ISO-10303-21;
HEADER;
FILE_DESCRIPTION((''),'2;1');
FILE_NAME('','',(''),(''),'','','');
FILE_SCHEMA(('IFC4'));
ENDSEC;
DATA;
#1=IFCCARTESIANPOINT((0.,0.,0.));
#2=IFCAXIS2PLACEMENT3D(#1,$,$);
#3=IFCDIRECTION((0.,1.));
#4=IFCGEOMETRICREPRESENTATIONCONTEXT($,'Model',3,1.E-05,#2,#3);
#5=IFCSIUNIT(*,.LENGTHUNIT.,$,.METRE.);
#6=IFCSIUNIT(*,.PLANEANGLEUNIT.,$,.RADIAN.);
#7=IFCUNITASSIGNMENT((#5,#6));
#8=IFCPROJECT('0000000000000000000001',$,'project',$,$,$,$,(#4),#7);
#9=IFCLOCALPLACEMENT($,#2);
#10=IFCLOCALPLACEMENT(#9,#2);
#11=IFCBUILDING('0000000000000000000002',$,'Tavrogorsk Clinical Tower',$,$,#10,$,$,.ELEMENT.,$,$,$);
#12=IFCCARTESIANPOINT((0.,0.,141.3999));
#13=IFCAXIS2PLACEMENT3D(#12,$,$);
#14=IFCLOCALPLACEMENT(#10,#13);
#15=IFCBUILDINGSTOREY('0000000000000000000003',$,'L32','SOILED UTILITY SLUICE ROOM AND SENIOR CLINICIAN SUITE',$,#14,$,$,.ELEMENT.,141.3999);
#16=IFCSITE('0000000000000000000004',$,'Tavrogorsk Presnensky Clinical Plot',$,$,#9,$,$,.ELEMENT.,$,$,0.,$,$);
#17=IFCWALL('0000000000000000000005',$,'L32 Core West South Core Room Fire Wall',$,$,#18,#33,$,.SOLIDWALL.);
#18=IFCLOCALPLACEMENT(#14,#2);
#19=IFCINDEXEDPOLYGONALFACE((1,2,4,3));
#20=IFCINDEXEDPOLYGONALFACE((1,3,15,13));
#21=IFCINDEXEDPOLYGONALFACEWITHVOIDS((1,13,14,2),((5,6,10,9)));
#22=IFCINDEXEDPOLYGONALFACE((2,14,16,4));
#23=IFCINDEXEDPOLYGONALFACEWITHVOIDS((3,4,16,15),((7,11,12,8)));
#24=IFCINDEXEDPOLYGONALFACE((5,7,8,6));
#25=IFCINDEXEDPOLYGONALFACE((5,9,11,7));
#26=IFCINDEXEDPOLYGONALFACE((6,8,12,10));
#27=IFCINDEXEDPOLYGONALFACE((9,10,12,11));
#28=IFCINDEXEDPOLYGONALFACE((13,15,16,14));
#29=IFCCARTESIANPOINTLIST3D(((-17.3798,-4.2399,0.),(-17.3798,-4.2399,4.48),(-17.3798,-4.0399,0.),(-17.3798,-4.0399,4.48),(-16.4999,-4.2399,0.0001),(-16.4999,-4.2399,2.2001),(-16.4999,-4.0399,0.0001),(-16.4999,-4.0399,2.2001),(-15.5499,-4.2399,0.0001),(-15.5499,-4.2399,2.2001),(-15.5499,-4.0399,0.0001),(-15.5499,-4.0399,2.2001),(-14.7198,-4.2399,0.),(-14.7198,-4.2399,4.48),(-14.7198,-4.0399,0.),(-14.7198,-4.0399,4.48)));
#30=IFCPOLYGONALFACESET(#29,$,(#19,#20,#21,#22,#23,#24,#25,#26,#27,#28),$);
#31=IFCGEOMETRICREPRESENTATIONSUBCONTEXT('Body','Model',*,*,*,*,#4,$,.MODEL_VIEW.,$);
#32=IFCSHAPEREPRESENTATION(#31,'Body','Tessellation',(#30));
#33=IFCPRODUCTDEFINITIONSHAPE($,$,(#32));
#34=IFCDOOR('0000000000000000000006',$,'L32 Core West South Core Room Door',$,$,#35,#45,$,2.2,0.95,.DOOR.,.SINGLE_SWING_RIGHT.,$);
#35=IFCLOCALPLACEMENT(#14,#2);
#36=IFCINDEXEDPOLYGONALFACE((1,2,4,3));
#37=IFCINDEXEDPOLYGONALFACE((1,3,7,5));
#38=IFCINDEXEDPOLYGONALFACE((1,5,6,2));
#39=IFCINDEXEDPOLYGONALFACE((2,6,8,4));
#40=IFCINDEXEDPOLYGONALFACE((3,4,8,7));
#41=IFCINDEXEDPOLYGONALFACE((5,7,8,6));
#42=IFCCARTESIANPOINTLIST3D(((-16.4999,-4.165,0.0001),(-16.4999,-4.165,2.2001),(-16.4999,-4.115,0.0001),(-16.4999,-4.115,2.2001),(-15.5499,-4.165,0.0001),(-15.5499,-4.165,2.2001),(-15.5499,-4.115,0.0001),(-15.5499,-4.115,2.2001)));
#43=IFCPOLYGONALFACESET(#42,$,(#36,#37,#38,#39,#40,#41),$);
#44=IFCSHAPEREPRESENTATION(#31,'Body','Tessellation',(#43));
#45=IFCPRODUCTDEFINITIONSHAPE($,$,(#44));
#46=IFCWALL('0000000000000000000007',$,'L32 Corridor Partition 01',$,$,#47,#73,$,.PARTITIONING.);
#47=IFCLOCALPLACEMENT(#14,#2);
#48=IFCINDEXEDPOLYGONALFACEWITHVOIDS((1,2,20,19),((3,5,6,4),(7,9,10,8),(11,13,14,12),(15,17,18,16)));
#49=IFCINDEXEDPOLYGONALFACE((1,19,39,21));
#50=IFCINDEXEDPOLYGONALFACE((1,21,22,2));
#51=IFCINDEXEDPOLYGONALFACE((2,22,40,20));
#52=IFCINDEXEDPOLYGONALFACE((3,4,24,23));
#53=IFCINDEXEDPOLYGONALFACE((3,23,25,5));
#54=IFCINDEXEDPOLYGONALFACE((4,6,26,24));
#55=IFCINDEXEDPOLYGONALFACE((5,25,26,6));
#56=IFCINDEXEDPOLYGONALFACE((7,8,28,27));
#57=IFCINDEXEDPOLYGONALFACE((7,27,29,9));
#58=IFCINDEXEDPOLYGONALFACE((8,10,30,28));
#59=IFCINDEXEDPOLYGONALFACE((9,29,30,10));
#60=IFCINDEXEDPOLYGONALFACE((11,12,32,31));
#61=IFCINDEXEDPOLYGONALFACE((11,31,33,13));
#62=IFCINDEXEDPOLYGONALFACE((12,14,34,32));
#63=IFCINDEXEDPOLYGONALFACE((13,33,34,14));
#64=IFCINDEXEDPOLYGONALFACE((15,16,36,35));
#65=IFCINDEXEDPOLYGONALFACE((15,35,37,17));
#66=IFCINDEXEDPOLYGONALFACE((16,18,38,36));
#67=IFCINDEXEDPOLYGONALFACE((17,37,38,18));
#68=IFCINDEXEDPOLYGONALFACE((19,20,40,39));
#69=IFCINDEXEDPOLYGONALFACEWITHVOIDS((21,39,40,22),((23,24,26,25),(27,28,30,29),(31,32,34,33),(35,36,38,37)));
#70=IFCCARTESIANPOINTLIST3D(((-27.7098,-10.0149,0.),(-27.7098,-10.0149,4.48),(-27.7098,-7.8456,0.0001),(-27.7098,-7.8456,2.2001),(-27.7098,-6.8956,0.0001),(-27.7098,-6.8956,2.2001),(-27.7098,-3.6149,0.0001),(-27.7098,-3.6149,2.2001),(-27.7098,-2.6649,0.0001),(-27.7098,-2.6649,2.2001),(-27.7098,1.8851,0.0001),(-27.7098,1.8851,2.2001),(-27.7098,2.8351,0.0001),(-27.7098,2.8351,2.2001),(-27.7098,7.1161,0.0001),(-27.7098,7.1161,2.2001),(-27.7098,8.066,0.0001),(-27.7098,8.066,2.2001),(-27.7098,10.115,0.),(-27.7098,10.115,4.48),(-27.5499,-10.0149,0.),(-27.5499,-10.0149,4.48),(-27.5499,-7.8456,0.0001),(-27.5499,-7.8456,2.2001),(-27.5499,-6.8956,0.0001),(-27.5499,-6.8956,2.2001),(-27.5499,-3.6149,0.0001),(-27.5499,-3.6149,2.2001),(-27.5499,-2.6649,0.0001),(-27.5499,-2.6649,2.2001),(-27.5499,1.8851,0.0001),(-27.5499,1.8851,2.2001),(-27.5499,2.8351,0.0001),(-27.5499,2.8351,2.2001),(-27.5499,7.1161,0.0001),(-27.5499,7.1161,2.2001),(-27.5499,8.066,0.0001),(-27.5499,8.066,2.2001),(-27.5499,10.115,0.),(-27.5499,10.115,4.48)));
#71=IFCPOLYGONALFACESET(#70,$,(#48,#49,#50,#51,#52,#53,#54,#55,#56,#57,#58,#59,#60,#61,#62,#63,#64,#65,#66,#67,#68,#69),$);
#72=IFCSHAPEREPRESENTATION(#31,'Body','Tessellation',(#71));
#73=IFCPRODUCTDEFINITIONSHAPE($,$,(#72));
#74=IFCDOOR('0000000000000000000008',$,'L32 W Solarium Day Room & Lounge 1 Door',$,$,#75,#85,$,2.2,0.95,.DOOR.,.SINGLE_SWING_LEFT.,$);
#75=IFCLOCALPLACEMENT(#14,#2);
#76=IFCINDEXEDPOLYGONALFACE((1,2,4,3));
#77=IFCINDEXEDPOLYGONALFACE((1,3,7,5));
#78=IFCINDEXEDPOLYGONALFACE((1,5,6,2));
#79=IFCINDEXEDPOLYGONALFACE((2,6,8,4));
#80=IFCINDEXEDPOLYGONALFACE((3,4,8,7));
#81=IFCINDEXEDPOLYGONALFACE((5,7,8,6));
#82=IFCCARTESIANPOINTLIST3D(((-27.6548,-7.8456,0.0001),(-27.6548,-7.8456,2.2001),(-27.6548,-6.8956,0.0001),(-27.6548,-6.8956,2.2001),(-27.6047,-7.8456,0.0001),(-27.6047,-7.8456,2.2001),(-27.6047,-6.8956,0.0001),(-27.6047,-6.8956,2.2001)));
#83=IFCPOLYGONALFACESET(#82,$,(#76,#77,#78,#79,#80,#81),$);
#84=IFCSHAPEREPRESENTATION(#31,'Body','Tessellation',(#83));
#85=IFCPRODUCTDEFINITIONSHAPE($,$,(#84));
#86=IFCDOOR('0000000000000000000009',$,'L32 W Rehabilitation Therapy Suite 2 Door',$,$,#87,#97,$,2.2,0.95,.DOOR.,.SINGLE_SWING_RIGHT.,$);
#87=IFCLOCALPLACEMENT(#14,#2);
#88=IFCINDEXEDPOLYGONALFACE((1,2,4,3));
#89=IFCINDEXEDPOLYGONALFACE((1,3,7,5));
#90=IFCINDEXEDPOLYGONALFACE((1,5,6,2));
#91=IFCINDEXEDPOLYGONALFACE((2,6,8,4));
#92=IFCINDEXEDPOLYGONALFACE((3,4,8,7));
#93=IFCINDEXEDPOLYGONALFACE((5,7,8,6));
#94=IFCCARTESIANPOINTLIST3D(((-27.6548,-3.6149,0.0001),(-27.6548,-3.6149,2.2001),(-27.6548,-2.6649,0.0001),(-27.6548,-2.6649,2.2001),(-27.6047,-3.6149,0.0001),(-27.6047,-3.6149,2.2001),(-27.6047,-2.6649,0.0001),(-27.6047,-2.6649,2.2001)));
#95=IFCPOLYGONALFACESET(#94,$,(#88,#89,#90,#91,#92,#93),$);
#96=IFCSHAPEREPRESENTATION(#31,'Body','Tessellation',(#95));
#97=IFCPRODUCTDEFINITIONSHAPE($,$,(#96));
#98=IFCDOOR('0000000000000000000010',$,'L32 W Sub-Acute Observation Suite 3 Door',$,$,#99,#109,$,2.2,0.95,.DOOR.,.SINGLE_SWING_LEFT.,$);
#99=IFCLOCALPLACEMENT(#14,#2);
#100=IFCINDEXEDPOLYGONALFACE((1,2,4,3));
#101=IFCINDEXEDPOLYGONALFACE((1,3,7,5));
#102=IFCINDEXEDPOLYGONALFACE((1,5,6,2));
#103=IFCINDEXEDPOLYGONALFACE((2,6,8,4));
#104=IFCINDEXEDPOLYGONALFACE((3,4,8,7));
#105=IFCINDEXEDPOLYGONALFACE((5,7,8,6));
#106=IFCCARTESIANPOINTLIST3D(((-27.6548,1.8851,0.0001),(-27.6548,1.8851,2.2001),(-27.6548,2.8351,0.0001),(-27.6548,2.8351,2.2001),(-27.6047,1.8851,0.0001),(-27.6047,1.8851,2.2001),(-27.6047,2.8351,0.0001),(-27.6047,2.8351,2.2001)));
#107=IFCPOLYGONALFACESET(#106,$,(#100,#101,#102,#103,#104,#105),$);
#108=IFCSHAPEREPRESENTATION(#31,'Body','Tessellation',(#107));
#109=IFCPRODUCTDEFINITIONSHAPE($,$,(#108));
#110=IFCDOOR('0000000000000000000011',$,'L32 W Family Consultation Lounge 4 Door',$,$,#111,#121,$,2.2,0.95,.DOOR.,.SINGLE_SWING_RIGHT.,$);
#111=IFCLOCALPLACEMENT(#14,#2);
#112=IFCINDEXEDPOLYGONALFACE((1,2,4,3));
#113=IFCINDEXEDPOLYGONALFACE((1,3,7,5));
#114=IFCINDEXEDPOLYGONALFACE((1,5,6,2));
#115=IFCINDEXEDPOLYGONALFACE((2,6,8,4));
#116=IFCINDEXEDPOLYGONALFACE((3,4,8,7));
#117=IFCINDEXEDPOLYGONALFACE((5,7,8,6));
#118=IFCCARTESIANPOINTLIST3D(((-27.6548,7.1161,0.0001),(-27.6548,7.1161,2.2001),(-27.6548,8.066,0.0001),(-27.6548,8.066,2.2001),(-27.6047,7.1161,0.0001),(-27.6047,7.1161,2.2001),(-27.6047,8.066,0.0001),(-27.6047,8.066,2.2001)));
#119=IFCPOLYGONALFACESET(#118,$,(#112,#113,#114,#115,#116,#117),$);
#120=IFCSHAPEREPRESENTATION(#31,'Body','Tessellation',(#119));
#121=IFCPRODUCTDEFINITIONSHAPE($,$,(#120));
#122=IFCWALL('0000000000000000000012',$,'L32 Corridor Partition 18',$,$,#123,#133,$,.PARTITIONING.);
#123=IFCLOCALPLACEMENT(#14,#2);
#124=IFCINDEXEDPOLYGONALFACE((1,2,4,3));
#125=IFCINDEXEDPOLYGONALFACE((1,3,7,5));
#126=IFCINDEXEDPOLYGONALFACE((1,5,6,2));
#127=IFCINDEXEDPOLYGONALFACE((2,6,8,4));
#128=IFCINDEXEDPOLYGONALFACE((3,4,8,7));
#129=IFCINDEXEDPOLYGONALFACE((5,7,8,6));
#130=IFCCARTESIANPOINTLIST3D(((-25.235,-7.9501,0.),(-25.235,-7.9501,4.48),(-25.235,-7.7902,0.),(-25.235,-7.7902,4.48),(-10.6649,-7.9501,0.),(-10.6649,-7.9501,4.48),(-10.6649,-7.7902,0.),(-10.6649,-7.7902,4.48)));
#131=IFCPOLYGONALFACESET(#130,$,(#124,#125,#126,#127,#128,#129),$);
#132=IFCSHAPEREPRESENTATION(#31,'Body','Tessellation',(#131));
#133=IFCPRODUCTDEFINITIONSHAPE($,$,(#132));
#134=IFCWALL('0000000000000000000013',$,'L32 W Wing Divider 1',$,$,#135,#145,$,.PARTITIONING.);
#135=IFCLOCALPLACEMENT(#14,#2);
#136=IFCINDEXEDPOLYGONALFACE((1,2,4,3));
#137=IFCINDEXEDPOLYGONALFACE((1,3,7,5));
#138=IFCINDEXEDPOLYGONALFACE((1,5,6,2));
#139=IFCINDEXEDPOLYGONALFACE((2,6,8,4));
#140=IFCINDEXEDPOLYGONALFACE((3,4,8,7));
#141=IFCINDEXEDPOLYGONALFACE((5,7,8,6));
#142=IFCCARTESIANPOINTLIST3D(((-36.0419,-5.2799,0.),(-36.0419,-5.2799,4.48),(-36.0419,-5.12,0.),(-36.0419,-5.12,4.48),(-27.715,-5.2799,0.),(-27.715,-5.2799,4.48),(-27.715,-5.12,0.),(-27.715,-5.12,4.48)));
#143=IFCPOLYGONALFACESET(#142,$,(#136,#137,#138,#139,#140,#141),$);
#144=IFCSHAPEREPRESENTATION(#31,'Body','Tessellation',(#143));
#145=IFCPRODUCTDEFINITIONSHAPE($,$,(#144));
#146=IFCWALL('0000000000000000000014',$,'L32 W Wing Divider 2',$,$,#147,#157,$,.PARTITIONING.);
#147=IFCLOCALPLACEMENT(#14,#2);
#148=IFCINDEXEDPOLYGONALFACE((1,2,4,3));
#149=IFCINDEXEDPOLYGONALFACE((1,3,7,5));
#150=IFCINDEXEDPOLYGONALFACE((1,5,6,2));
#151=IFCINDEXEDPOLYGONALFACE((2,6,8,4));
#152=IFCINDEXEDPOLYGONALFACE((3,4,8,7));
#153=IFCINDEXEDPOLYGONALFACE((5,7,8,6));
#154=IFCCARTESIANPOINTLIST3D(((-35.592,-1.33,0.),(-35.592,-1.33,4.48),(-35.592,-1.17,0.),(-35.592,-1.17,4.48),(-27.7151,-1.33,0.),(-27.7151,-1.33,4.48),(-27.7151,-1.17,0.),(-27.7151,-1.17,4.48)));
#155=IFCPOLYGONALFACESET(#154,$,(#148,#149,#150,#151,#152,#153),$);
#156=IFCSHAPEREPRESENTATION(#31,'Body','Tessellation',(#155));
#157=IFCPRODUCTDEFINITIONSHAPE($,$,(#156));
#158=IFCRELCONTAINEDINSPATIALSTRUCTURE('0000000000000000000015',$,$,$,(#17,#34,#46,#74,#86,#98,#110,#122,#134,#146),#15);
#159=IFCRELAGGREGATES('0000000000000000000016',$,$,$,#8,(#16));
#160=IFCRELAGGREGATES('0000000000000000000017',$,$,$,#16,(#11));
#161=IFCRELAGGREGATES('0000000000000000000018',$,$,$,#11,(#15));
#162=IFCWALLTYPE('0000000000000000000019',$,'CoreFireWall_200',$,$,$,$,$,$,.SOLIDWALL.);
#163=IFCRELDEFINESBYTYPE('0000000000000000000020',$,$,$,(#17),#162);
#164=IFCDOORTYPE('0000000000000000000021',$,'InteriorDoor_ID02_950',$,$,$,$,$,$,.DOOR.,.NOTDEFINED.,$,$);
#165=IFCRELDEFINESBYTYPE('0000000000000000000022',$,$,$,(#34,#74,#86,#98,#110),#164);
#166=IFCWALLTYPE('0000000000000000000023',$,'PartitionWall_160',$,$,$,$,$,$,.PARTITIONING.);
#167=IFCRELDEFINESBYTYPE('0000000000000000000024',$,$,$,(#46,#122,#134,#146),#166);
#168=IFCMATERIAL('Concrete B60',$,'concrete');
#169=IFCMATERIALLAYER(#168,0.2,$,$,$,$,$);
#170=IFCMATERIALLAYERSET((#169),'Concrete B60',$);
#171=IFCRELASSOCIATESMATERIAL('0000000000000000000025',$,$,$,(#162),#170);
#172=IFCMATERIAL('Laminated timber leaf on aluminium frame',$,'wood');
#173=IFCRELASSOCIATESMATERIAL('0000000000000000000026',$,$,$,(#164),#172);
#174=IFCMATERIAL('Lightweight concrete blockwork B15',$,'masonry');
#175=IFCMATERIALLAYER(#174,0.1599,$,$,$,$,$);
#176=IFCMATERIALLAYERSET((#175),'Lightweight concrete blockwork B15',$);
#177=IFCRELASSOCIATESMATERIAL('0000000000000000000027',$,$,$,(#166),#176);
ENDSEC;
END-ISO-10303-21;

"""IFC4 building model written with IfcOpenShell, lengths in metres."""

from ifc_helpers import new_model, si_unit, direction, frame, frame_2d, origin, place, context, subcontext, project, spatial, rectangle, extrude, material, layer, layer_set, type_object, element, fill, save


model = new_model("IFC4")

# Units and contexts
model_context = context("Model", 3, precision=1e-05, world=origin(), true_north=direction((0.0, 1.0)))
body_context = subcontext(model_context, "Body", "Model", "MODEL_VIEW")
ifc_project = project(units=[si_unit("LENGTHUNIT", "METRE"), si_unit("PLANEANGLEUNIT", "RADIAN")], contexts=[model_context])

# Site, building, storey
site_placement = place(None, origin())
site = spatial("IfcSite", under=ifc_project, at=site_placement, Name="Tavrogorsk Presnensky Clinical Plot", CompositionType="ELEMENT", RefElevation=0.0)
building_placement = place(site_placement, origin())
building = spatial("IfcBuilding", under=site, at=building_placement, Name="Tavrogorsk Clinical Tower", CompositionType="ELEMENT")
storey_placement = place(building_placement, frame((0.0, 0.0, 141.3999)))
storey = spatial("IfcBuildingStorey", under=building, at=storey_placement, Name="L32", Description="SOILED UTILITY SLUICE ROOM AND SENIOR CLINICIAN SUITE", CompositionType="ELEMENT", Elevation=141.3999)

# Wall, opening, door
ifc_material_1 = material(Name="Concrete B60", Category="concrete")
ifc_layer_1 = layer(ifc_material_1, 0.2)
ifc_layer_set_1 = layer_set([ifc_layer_1], Name="Concrete B60")
wall_type_1 = type_object("IfcWallType", Name="CoreFireWall_200", PredefinedType="SOLIDWALL", material=ifc_layer_set_1)
wall_1_placement = place(storey_placement, frame((-17.3799, -4.1399, 0.0), z_axis=(0.0, 0.0, 1.0), x_axis=(1.0, 0.0, 0.0)))
wall_1 = element("IfcWall", 1, at=wall_1_placement, inside=storey, type_object=wall_type_1, Name="L32 Core West South Core Room Fire Wall", PredefinedType="SOLIDWALL", context=body_context, shape_type="SweptSolid", body=[
    extrude(rectangle(XDim=2.6599, YDim=0.2, at=frame_2d((1.3301, 0.0))), origin(), (0.0, 0.0, 1.0), 4.48),
])
opening_1_placement = place(wall_1_placement, frame((0.8799, 0.0, 0.0)))
opening_1 = element("IfcOpeningElement", 2, at=opening_1_placement, cuts=wall_1, PredefinedType="OPENING", context=body_context, shape_type="SweptSolid", body=[
    extrude(rectangle(XDim=0.95, YDim=2.2, at=frame_2d((0.4751, 1.1001))), frame((0.0, 0.1099, 0.0), z_axis=(0.0, -1.0, 0.0), x_axis=(1.0, 0.0, 0.0)), (0.0, 0.0, 1.0), 0.22),
])
ifc_material_2 = material(Name="Laminated timber leaf on aluminium frame", Category="wood")
door_type_1 = type_object("IfcDoorType", Name="InteriorDoor_ID02_950", OperationType="NOTDEFINED", PredefinedType="DOOR", material=ifc_material_2)
door_1_placement = place(opening_1_placement, origin())
door_1 = element("IfcDoor", 3, at=door_1_placement, inside=storey, type_object=door_type_1, Name="L32 Core West South Core Room Door", OperationType="SINGLE_SWING_RIGHT", OverallHeight=2.2, OverallWidth=0.95, PredefinedType="DOOR", context=body_context, shape_type="SweptSolid", body=[
    extrude(rectangle(XDim=0.95, YDim=2.2, at=frame_2d((0.4751, 1.1001))), frame((0.0, 0.0249, 0.0), z_axis=(0.0, -1.0, 0.0), x_axis=(1.0, 0.0, 0.0)), (0.0, 0.0, 1.0), 0.05),
])
fill(opening_1, door_1)

# Wall, openings, doors
ifc_material_3 = material(Name="Lightweight concrete blockwork B15", Category="masonry")
ifc_layer_2 = layer(ifc_material_3, 0.1599)
ifc_layer_set_2 = layer_set([ifc_layer_2], Name="Lightweight concrete blockwork B15")
wall_type_2 = type_object("IfcWallType", Name="PartitionWall_160", PredefinedType="PARTITIONING", material=ifc_layer_set_2)
wall_2_placement = place(storey_placement, frame((-27.6299, -10.0149, 0.0), z_axis=(0.0, 0.0, 1.0), x_axis=(0.0, 1.0, 0.0)))
wall_2 = element("IfcWall", 4, at=wall_2_placement, inside=storey, type_object=wall_type_2, Name="L32 Corridor Partition 01", PredefinedType="PARTITIONING", context=body_context, shape_type="SweptSolid", body=[
    extrude(rectangle(XDim=20.1299, YDim=0.1599, at=frame_2d((10.0649, 0.0))), origin(), (0.0, 0.0, 1.0), 4.48),
])
opening_2_placement = place(wall_2_placement, frame((2.1692, 0.0, 0.0)))
opening_2 = element("IfcOpeningElement", 5, at=opening_2_placement, cuts=wall_2, PredefinedType="OPENING", context=body_context, shape_type="SweptSolid", body=[
    extrude(rectangle(XDim=0.95, YDim=2.2, at=frame_2d((0.4751, 1.1001))), frame((0.0, 0.0898, 0.0), z_axis=(0.0, -1.0, 0.0), x_axis=(1.0, 0.0, 0.0)), (0.0, 0.0, 1.0), 0.1799),
])
opening_3_placement = place(wall_2_placement, frame((6.3999, 0.0, 0.0)))
opening_3 = element("IfcOpeningElement", 6, at=opening_3_placement, cuts=wall_2, PredefinedType="OPENING", context=body_context, shape_type="SweptSolid", body=[
    extrude(rectangle(XDim=0.95, YDim=2.2, at=frame_2d((0.4751, 1.1001))), frame((0.0, 0.0898, 0.0), z_axis=(0.0, -1.0, 0.0), x_axis=(1.0, 0.0, 0.0)), (0.0, 0.0, 1.0), 0.1799),
])
opening_4_placement = place(wall_2_placement, frame((11.8999, 0.0, 0.0)))
opening_4 = element("IfcOpeningElement", 7, at=opening_4_placement, cuts=wall_2, PredefinedType="OPENING", context=body_context, shape_type="SweptSolid", body=[
    extrude(rectangle(XDim=0.95, YDim=2.2, at=frame_2d((0.4751, 1.1001))), frame((0.0, 0.0898, 0.0), z_axis=(0.0, -1.0, 0.0), x_axis=(1.0, 0.0, 0.0)), (0.0, 0.0, 1.0), 0.1799),
])
opening_5_placement = place(wall_2_placement, frame((17.1309, 0.0, 0.0)))
opening_5 = element("IfcOpeningElement", 8, at=opening_5_placement, cuts=wall_2, PredefinedType="OPENING", context=body_context, shape_type="SweptSolid", body=[
    extrude(rectangle(XDim=0.95, YDim=2.2, at=frame_2d((0.4751, 1.1001))), frame((0.0, 0.0898, 0.0), z_axis=(0.0, -1.0, 0.0), x_axis=(1.0, 0.0, 0.0)), (0.0, 0.0, 1.0), 0.1799),
])
door_2_placement = place(opening_2_placement, origin())
door_2 = element("IfcDoor", 9, at=door_2_placement, inside=storey, type_object=door_type_1, Name="L32 W Solarium Day Room & Lounge 1 Door", OperationType="SINGLE_SWING_LEFT", OverallHeight=2.2, OverallWidth=0.95, PredefinedType="DOOR", context=body_context, shape_type="SweptSolid", body=[
    extrude(rectangle(XDim=0.95, YDim=2.2, at=frame_2d((0.4751, 1.1001))), frame((0.0, 0.0249, 0.0), z_axis=(0.0, -1.0, 0.0), x_axis=(1.0, 0.0, 0.0)), (0.0, 0.0, 1.0), 0.05),
])
fill(opening_2, door_2)
door_3_placement = place(opening_3_placement, origin())
door_3 = element("IfcDoor", 10, at=door_3_placement, inside=storey, type_object=door_type_1, Name="L32 W Rehabilitation Therapy Suite 2 Door", OperationType="SINGLE_SWING_RIGHT", OverallHeight=2.2, OverallWidth=0.95, PredefinedType="DOOR", context=body_context, shape_type="SweptSolid", body=[
    extrude(rectangle(XDim=0.95, YDim=2.2, at=frame_2d((0.4751, 1.1001))), frame((0.0, 0.0249, 0.0), z_axis=(0.0, -1.0, 0.0), x_axis=(1.0, 0.0, 0.0)), (0.0, 0.0, 1.0), 0.05),
])
fill(opening_3, door_3)
door_4_placement = place(opening_4_placement, origin())
door_4 = element("IfcDoor", 11, at=door_4_placement, inside=storey, type_object=door_type_1, Name="L32 W Sub-Acute Observation Suite 3 Door", OperationType="SINGLE_SWING_LEFT", OverallHeight=2.2, OverallWidth=0.95, PredefinedType="DOOR", context=body_context, shape_type="SweptSolid", body=[
    extrude(rectangle(XDim=0.95, YDim=2.2, at=frame_2d((0.4751, 1.1001))), frame((0.0, 0.0249, 0.0), z_axis=(0.0, -1.0, 0.0), x_axis=(1.0, 0.0, 0.0)), (0.0, 0.0, 1.0), 0.05),
])
fill(opening_4, door_4)
door_5_placement = place(opening_5_placement, origin())
door_5 = element("IfcDoor", 12, at=door_5_placement, inside=storey, type_object=door_type_1, Name="L32 W Family Consultation Lounge 4 Door", OperationType="SINGLE_SWING_RIGHT", OverallHeight=2.2, OverallWidth=0.95, PredefinedType="DOOR", context=body_context, shape_type="SweptSolid", body=[
    extrude(rectangle(XDim=0.95, YDim=2.2, at=frame_2d((0.4751, 1.1001))), frame((0.0, 0.0249, 0.0), z_axis=(0.0, -1.0, 0.0), x_axis=(1.0, 0.0, 0.0)), (0.0, 0.0, 1.0), 0.05),
])
fill(opening_5, door_5)

# Walls
wall_3_placement = place(storey_placement, frame((-25.2351, -7.8701, 0.0), z_axis=(0.0, 0.0, 1.0), x_axis=(1.0, 0.0, 0.0)))
element("IfcWall", 13, at=wall_3_placement, inside=storey, type_object=wall_type_2, Name="L32 Corridor Partition 18", PredefinedType="PARTITIONING", context=body_context, shape_type="SweptSolid", body=[
    extrude(rectangle(XDim=14.5701, YDim=0.1599, at=frame_2d((7.2852, 0.0))), origin(), (0.0, 0.0, 1.0), 4.48),
])
wall_4_placement = place(storey_placement, frame((-36.042, -5.2, 0.0), z_axis=(0.0, 0.0, 1.0), x_axis=(1.0, 0.0, 0.0)))
element("IfcWall", 14, at=wall_4_placement, inside=storey, type_object=wall_type_2, Name="L32 W Wing Divider 1", PredefinedType="PARTITIONING", context=body_context, shape_type="SweptSolid", body=[
    extrude(rectangle(XDim=8.3269, YDim=0.1599, at=frame_2d((4.1636, 0.0))), origin(), (0.0, 0.0, 1.0), 4.48),
])
wall_5_placement = place(storey_placement, frame((-35.592, -1.25, 0.0), z_axis=(0.0, 0.0, 1.0), x_axis=(1.0, 0.0, 0.0)))
element("IfcWall", 15, at=wall_5_placement, inside=storey, type_object=wall_type_2, Name="L32 W Wing Divider 2", PredefinedType="PARTITIONING", context=body_context, shape_type="SweptSolid", body=[
    extrude(rectangle(XDim=7.877, YDim=0.1599, at=frame_2d((3.9385, 0.0))), origin(), (0.0, 0.0, 1.0), 4.48),
])

save(model, "model.ifc")
